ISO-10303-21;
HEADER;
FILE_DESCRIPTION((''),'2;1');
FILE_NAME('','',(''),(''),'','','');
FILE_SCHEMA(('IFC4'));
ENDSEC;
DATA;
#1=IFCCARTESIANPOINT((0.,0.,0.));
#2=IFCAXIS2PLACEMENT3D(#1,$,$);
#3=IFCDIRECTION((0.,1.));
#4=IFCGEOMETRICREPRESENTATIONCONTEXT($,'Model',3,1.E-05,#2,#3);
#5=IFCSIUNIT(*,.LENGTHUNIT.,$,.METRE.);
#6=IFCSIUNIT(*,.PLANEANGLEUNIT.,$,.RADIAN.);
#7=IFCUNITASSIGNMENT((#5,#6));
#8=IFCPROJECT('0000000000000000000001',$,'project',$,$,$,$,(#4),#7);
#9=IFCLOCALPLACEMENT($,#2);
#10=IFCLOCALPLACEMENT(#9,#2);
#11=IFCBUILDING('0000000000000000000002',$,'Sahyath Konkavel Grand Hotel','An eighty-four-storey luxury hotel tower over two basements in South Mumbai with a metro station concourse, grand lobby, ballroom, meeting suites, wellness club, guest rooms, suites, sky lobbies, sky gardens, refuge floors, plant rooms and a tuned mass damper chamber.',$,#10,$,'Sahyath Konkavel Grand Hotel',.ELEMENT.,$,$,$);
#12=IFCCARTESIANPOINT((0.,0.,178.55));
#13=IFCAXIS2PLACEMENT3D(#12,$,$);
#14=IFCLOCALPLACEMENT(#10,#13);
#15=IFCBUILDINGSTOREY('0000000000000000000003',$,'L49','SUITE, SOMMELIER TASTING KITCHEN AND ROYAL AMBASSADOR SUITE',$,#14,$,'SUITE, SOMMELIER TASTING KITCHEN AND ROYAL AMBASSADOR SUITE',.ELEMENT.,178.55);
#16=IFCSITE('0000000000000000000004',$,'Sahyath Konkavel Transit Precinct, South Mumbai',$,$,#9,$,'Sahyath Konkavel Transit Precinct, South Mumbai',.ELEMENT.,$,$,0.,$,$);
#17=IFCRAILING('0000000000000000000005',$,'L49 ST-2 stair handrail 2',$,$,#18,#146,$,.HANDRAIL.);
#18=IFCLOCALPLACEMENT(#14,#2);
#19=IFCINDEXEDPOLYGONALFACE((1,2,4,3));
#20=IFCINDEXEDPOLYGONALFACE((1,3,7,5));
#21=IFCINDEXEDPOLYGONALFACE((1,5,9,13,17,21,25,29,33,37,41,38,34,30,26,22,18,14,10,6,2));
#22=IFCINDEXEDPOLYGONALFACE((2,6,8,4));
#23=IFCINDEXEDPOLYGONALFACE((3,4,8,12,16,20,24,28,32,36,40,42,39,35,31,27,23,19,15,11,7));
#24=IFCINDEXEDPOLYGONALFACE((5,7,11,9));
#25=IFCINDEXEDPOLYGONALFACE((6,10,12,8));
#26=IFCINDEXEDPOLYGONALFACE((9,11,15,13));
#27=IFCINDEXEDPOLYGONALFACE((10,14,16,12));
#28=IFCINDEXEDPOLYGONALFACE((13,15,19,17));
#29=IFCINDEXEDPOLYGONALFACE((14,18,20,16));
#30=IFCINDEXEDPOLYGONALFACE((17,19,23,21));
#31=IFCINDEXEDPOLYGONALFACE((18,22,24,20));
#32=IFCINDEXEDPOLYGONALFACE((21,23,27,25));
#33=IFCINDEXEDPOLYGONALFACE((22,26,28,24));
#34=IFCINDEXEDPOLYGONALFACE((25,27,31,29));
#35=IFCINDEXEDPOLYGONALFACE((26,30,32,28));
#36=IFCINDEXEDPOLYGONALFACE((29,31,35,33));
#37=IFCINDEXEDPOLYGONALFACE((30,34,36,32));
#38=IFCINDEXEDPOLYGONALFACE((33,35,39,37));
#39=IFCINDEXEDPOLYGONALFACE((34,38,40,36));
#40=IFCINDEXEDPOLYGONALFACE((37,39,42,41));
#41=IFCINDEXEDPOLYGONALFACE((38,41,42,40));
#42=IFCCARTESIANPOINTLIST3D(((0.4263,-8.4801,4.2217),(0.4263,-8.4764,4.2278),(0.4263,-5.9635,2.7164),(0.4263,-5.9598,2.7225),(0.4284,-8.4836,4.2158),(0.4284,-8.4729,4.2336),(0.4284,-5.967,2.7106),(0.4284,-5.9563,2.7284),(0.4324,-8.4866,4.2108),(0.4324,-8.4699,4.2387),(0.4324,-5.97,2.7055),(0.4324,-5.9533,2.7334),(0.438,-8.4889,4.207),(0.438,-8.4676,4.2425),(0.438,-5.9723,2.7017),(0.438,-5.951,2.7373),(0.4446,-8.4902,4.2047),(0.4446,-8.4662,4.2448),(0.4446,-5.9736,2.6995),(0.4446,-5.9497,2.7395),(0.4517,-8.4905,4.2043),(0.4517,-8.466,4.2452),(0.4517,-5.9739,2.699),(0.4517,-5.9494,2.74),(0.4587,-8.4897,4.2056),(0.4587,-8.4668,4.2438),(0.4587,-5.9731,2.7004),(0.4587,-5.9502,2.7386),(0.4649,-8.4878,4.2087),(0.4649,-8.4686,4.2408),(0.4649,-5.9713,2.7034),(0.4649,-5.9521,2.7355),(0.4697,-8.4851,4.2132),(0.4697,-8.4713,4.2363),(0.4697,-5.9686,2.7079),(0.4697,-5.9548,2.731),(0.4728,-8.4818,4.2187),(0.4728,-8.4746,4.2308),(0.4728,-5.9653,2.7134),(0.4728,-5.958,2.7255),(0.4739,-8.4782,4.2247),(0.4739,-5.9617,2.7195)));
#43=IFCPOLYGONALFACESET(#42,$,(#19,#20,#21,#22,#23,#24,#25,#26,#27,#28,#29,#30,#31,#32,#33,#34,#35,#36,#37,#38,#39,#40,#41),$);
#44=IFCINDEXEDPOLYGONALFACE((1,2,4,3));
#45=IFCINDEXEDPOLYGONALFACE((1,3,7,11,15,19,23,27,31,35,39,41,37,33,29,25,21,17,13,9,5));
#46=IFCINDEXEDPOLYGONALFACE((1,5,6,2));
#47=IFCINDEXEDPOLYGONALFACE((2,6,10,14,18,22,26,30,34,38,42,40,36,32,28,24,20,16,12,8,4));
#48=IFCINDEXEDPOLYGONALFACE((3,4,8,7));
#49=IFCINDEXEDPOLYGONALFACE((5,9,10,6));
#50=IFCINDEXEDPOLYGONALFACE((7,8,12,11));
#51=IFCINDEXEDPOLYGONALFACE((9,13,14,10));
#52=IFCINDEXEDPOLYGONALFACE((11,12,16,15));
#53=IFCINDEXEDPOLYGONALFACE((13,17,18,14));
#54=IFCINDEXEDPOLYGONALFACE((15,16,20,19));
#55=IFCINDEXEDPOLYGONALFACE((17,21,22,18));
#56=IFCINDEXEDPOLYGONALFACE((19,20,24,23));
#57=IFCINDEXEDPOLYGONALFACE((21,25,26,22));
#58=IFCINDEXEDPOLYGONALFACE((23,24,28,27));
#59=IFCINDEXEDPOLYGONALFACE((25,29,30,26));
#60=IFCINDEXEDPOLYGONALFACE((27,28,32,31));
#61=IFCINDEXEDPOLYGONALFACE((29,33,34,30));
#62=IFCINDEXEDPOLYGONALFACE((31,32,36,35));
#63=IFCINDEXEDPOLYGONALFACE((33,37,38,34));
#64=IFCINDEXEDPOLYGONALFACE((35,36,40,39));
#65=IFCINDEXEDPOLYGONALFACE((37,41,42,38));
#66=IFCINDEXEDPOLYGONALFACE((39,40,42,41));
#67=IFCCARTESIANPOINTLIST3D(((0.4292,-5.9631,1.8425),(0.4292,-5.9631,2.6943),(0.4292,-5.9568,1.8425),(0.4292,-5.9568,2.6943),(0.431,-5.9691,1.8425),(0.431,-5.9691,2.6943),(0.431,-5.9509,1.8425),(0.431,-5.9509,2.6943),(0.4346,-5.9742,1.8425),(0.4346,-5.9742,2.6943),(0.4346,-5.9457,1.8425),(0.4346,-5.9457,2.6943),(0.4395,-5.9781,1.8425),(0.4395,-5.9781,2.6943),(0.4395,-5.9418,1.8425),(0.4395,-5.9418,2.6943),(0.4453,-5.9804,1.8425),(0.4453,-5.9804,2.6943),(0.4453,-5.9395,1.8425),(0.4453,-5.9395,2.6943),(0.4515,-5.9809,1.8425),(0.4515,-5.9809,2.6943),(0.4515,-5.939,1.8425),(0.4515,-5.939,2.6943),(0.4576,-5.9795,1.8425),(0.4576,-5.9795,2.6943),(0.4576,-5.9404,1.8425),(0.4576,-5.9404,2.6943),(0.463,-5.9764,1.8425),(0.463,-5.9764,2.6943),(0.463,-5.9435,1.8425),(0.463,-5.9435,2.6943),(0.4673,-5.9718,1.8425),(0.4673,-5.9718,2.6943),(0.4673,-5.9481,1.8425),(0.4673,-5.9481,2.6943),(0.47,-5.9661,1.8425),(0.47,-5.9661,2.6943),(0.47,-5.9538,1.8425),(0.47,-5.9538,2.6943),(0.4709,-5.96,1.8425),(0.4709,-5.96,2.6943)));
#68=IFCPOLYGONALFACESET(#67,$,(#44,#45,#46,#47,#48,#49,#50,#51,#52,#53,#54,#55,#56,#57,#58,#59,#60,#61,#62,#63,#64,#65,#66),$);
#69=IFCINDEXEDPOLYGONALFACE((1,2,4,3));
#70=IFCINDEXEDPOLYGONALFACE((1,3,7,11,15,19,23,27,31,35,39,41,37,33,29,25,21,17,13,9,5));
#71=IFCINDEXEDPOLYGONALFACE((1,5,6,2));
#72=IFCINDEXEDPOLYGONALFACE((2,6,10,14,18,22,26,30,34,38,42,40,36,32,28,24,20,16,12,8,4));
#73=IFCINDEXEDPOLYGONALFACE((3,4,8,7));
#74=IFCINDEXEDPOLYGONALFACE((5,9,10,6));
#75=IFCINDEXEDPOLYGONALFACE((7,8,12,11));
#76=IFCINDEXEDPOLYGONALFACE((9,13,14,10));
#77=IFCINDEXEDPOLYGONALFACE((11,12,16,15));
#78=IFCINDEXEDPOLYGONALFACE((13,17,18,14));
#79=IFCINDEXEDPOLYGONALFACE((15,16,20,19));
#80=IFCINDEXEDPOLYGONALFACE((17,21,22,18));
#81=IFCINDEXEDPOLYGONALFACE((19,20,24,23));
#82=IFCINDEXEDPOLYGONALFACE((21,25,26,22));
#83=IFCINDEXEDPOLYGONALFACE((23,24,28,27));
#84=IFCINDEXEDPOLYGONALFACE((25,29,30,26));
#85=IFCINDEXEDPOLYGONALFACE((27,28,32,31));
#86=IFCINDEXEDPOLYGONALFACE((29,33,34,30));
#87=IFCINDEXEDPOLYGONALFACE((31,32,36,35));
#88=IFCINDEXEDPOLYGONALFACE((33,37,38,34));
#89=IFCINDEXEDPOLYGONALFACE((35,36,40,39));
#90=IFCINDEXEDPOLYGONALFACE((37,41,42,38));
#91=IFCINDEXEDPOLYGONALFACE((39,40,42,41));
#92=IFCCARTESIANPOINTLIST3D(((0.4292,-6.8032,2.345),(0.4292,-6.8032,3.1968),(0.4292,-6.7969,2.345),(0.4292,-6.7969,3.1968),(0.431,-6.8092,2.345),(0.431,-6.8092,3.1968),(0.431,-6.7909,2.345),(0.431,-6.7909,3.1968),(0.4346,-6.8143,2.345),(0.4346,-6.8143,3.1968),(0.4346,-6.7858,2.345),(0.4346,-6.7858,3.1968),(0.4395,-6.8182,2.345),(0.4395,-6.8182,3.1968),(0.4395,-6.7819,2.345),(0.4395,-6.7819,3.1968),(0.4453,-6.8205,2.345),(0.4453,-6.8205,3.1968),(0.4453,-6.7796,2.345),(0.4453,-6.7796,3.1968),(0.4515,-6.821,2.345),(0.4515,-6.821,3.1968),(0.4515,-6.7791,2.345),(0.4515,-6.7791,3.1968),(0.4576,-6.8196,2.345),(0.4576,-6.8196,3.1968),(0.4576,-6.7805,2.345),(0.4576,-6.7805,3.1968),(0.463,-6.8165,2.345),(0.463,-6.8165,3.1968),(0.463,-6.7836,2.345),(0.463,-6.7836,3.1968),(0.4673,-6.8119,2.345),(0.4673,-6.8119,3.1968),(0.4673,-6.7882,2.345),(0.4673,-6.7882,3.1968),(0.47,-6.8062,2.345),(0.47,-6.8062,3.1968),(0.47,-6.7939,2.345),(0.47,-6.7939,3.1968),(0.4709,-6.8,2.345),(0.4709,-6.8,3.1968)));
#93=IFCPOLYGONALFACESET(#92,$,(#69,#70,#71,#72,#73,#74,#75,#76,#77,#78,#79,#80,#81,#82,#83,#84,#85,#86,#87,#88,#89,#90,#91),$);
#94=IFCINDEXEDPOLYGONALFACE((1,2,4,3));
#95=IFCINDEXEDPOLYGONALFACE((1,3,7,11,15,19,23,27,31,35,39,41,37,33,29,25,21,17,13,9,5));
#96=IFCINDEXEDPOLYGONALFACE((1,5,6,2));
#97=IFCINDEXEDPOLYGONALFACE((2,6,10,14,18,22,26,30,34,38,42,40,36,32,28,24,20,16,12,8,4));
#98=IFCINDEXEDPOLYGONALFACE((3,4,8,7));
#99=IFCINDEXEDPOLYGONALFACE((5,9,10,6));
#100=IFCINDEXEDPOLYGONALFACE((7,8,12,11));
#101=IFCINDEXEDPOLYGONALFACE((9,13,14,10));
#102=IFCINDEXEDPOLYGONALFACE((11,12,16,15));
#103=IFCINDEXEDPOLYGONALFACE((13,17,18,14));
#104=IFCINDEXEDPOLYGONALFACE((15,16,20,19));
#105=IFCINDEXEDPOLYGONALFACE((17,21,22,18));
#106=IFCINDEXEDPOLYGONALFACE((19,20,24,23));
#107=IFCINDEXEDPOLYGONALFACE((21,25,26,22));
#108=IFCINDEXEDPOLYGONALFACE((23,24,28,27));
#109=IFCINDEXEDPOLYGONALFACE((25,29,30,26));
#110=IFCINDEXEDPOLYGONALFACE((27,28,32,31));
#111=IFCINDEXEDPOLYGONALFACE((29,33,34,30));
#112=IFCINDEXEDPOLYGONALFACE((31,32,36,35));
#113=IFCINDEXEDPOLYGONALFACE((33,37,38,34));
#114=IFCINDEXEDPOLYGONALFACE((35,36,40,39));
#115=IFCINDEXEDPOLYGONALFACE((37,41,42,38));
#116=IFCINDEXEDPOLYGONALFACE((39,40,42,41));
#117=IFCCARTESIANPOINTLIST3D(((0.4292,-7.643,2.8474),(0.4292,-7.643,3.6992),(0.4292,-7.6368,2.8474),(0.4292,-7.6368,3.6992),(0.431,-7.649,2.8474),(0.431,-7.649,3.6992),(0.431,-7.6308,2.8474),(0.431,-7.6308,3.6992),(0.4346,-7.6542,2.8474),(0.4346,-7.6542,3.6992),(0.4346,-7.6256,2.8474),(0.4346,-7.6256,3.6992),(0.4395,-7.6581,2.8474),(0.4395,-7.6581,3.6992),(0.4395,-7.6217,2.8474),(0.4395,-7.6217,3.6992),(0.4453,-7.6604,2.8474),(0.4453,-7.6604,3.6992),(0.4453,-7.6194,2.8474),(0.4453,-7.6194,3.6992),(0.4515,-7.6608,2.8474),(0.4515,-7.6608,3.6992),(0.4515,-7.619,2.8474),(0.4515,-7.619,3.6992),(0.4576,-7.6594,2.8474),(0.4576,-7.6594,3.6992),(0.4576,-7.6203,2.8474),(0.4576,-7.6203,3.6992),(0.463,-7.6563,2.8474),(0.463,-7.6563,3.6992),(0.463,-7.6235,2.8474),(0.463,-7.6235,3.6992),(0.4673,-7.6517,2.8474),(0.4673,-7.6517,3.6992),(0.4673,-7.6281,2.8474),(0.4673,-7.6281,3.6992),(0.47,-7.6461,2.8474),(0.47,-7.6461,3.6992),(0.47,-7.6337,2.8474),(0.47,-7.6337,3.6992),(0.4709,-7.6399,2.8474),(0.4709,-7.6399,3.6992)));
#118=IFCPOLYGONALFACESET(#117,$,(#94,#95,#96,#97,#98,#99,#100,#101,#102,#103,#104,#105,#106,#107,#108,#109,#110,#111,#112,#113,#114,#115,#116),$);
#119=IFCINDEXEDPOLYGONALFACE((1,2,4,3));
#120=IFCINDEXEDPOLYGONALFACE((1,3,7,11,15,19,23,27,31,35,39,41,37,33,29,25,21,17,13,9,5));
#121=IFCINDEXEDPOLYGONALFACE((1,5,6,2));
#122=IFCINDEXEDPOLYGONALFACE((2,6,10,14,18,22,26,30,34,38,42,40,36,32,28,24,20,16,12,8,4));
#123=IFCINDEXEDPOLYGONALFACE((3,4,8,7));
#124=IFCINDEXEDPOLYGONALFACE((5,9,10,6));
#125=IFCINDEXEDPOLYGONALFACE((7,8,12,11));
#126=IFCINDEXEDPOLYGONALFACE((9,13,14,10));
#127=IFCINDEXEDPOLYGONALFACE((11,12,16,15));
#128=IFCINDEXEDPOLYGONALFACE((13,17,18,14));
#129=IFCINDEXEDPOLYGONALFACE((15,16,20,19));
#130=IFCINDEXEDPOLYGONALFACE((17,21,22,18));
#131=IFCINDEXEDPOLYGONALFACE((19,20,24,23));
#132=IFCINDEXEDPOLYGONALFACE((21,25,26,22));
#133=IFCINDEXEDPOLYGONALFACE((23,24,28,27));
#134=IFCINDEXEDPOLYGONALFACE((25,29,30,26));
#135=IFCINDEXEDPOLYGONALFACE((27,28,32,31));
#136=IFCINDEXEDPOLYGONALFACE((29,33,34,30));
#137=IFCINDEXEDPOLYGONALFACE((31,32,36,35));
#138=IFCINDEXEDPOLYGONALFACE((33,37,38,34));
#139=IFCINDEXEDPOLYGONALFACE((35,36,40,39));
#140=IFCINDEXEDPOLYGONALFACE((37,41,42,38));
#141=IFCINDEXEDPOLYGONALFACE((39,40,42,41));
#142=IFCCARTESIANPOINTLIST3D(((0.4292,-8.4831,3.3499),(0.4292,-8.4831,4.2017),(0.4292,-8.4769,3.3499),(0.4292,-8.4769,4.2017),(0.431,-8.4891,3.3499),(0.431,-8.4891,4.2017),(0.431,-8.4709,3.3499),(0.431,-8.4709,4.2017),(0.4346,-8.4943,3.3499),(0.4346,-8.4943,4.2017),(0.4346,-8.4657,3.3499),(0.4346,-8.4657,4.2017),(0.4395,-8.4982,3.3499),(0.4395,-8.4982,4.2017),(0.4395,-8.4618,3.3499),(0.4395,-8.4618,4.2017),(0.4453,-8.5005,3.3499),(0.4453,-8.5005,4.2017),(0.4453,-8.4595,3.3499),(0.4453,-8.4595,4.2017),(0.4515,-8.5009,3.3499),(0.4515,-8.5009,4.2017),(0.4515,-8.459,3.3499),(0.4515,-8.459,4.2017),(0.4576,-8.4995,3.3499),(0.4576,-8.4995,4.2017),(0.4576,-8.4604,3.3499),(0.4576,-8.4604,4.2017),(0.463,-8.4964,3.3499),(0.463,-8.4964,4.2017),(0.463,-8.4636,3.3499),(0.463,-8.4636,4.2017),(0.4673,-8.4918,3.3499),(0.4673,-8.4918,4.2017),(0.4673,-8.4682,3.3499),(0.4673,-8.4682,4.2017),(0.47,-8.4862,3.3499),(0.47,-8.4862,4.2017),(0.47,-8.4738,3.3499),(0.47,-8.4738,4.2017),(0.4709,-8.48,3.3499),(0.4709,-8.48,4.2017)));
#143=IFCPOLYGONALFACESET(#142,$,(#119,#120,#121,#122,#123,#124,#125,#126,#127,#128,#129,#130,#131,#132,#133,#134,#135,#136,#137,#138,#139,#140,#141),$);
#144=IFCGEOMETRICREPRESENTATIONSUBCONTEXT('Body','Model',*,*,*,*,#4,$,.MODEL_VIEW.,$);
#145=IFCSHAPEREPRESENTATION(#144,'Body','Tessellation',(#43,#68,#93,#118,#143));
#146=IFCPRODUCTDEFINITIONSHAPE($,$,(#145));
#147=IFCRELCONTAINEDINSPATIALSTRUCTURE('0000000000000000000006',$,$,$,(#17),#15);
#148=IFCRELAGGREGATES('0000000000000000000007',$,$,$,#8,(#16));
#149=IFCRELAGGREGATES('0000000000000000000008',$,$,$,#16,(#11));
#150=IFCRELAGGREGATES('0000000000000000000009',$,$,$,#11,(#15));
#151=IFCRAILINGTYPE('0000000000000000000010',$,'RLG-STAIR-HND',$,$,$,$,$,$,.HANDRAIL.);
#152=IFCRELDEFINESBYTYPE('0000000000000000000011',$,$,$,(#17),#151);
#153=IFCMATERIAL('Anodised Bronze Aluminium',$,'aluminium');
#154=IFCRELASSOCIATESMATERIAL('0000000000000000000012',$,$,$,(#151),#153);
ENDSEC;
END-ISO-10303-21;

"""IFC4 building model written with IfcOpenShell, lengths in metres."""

from ifc_helpers import new_model, si_unit, direction, frame, origin, origin_2d, place, context, subcontext, project, spatial, circle, extrude, material, type_object, element, save


model = new_model("IFC4")

# Units and contexts
model_context = context("Model", 3, precision=1e-05, world=origin(), true_north=direction((0.0, 1.0)))
body_context = subcontext(model_context, "Body", "Model", "MODEL_VIEW")
ifc_project = project(units=[si_unit("LENGTHUNIT", "METRE"), si_unit("PLANEANGLEUNIT", "RADIAN")], contexts=[model_context])

# Site, building, storey
site_placement = place(None, origin())
site = spatial("IfcSite", under=ifc_project, at=site_placement, Name="Sahyath Konkavel Transit Precinct, South Mumbai", LongName="Sahyath Konkavel Transit Precinct, South Mumbai", CompositionType="ELEMENT", RefElevation=0.0)
building_placement = place(site_placement, origin())
building = spatial("IfcBuilding", under=site, at=building_placement, Name="Sahyath Konkavel Grand Hotel", Description="An eighty-four-storey luxury hotel tower over two basements in South Mumbai with a metro station concourse, grand lobby, ballroom, meeting suites, wellness club, guest rooms, suites, sky lobbies, sky gardens, refuge floors, plant rooms and a tuned mass damper chamber.", LongName="Sahyath Konkavel Grand Hotel", CompositionType="ELEMENT")
storey_placement = place(building_placement, frame((0.0, 0.0, 178.55)))
storey = spatial("IfcBuildingStorey", under=building, at=storey_placement, Name="L49", Description="SUITE, SOMMELIER TASTING KITCHEN AND ROYAL AMBASSADOR SUITE", LongName="SUITE, SOMMELIER TASTING KITCHEN AND ROYAL AMBASSADOR SUITE", CompositionType="ELEMENT", Elevation=178.55)

# Railing
ifc_material_1 = material(Name="Anodised Bronze Aluminium", Category="aluminium")
railing_type_1 = type_object("IfcRailingType", Name="RLG-STAIR-HND", PredefinedType="HANDRAIL", material=ifc_material_1)
railing_1_placement = place(storey_placement, frame((0.45, -5.96, 1.8425)))
element("IfcRailing", 1, at=railing_1_placement, inside=storey, type_object=railing_type_1, Name="L49 ST-2 stair handrail 2", PredefinedType="HANDRAIL", context=body_context, shape_type="SweptSolid", body=[
    extrude(circle(Radius=0.0239, at=origin_2d()), frame((0.0, -0.0017, 0.877), z_axis=(0.0, -0.858196, 0.513321), x_axis=(1.0, 0.0, 0.0)), (0.0, 0.0, 1.0), 2.9324),
    extrude(circle(Radius=0.021, at=origin_2d()), origin(), (0.0, 0.0, 1.0), 0.8518),
    extrude(circle(Radius=0.021, at=origin_2d()), frame((0.0, -0.8401, 0.5024)), (0.0, 0.0, 1.0), 0.8518),
    extrude(circle(Radius=0.021, at=origin_2d()), frame((0.0, -1.6799, 1.0049)), (0.0, 0.0, 1.0), 0.8518),
    extrude(circle(Radius=0.021, at=origin_2d()), frame((0.0, -2.52, 1.5073)), (0.0, 0.0, 1.0), 0.8518),
])

save(model, "model.ifc")
